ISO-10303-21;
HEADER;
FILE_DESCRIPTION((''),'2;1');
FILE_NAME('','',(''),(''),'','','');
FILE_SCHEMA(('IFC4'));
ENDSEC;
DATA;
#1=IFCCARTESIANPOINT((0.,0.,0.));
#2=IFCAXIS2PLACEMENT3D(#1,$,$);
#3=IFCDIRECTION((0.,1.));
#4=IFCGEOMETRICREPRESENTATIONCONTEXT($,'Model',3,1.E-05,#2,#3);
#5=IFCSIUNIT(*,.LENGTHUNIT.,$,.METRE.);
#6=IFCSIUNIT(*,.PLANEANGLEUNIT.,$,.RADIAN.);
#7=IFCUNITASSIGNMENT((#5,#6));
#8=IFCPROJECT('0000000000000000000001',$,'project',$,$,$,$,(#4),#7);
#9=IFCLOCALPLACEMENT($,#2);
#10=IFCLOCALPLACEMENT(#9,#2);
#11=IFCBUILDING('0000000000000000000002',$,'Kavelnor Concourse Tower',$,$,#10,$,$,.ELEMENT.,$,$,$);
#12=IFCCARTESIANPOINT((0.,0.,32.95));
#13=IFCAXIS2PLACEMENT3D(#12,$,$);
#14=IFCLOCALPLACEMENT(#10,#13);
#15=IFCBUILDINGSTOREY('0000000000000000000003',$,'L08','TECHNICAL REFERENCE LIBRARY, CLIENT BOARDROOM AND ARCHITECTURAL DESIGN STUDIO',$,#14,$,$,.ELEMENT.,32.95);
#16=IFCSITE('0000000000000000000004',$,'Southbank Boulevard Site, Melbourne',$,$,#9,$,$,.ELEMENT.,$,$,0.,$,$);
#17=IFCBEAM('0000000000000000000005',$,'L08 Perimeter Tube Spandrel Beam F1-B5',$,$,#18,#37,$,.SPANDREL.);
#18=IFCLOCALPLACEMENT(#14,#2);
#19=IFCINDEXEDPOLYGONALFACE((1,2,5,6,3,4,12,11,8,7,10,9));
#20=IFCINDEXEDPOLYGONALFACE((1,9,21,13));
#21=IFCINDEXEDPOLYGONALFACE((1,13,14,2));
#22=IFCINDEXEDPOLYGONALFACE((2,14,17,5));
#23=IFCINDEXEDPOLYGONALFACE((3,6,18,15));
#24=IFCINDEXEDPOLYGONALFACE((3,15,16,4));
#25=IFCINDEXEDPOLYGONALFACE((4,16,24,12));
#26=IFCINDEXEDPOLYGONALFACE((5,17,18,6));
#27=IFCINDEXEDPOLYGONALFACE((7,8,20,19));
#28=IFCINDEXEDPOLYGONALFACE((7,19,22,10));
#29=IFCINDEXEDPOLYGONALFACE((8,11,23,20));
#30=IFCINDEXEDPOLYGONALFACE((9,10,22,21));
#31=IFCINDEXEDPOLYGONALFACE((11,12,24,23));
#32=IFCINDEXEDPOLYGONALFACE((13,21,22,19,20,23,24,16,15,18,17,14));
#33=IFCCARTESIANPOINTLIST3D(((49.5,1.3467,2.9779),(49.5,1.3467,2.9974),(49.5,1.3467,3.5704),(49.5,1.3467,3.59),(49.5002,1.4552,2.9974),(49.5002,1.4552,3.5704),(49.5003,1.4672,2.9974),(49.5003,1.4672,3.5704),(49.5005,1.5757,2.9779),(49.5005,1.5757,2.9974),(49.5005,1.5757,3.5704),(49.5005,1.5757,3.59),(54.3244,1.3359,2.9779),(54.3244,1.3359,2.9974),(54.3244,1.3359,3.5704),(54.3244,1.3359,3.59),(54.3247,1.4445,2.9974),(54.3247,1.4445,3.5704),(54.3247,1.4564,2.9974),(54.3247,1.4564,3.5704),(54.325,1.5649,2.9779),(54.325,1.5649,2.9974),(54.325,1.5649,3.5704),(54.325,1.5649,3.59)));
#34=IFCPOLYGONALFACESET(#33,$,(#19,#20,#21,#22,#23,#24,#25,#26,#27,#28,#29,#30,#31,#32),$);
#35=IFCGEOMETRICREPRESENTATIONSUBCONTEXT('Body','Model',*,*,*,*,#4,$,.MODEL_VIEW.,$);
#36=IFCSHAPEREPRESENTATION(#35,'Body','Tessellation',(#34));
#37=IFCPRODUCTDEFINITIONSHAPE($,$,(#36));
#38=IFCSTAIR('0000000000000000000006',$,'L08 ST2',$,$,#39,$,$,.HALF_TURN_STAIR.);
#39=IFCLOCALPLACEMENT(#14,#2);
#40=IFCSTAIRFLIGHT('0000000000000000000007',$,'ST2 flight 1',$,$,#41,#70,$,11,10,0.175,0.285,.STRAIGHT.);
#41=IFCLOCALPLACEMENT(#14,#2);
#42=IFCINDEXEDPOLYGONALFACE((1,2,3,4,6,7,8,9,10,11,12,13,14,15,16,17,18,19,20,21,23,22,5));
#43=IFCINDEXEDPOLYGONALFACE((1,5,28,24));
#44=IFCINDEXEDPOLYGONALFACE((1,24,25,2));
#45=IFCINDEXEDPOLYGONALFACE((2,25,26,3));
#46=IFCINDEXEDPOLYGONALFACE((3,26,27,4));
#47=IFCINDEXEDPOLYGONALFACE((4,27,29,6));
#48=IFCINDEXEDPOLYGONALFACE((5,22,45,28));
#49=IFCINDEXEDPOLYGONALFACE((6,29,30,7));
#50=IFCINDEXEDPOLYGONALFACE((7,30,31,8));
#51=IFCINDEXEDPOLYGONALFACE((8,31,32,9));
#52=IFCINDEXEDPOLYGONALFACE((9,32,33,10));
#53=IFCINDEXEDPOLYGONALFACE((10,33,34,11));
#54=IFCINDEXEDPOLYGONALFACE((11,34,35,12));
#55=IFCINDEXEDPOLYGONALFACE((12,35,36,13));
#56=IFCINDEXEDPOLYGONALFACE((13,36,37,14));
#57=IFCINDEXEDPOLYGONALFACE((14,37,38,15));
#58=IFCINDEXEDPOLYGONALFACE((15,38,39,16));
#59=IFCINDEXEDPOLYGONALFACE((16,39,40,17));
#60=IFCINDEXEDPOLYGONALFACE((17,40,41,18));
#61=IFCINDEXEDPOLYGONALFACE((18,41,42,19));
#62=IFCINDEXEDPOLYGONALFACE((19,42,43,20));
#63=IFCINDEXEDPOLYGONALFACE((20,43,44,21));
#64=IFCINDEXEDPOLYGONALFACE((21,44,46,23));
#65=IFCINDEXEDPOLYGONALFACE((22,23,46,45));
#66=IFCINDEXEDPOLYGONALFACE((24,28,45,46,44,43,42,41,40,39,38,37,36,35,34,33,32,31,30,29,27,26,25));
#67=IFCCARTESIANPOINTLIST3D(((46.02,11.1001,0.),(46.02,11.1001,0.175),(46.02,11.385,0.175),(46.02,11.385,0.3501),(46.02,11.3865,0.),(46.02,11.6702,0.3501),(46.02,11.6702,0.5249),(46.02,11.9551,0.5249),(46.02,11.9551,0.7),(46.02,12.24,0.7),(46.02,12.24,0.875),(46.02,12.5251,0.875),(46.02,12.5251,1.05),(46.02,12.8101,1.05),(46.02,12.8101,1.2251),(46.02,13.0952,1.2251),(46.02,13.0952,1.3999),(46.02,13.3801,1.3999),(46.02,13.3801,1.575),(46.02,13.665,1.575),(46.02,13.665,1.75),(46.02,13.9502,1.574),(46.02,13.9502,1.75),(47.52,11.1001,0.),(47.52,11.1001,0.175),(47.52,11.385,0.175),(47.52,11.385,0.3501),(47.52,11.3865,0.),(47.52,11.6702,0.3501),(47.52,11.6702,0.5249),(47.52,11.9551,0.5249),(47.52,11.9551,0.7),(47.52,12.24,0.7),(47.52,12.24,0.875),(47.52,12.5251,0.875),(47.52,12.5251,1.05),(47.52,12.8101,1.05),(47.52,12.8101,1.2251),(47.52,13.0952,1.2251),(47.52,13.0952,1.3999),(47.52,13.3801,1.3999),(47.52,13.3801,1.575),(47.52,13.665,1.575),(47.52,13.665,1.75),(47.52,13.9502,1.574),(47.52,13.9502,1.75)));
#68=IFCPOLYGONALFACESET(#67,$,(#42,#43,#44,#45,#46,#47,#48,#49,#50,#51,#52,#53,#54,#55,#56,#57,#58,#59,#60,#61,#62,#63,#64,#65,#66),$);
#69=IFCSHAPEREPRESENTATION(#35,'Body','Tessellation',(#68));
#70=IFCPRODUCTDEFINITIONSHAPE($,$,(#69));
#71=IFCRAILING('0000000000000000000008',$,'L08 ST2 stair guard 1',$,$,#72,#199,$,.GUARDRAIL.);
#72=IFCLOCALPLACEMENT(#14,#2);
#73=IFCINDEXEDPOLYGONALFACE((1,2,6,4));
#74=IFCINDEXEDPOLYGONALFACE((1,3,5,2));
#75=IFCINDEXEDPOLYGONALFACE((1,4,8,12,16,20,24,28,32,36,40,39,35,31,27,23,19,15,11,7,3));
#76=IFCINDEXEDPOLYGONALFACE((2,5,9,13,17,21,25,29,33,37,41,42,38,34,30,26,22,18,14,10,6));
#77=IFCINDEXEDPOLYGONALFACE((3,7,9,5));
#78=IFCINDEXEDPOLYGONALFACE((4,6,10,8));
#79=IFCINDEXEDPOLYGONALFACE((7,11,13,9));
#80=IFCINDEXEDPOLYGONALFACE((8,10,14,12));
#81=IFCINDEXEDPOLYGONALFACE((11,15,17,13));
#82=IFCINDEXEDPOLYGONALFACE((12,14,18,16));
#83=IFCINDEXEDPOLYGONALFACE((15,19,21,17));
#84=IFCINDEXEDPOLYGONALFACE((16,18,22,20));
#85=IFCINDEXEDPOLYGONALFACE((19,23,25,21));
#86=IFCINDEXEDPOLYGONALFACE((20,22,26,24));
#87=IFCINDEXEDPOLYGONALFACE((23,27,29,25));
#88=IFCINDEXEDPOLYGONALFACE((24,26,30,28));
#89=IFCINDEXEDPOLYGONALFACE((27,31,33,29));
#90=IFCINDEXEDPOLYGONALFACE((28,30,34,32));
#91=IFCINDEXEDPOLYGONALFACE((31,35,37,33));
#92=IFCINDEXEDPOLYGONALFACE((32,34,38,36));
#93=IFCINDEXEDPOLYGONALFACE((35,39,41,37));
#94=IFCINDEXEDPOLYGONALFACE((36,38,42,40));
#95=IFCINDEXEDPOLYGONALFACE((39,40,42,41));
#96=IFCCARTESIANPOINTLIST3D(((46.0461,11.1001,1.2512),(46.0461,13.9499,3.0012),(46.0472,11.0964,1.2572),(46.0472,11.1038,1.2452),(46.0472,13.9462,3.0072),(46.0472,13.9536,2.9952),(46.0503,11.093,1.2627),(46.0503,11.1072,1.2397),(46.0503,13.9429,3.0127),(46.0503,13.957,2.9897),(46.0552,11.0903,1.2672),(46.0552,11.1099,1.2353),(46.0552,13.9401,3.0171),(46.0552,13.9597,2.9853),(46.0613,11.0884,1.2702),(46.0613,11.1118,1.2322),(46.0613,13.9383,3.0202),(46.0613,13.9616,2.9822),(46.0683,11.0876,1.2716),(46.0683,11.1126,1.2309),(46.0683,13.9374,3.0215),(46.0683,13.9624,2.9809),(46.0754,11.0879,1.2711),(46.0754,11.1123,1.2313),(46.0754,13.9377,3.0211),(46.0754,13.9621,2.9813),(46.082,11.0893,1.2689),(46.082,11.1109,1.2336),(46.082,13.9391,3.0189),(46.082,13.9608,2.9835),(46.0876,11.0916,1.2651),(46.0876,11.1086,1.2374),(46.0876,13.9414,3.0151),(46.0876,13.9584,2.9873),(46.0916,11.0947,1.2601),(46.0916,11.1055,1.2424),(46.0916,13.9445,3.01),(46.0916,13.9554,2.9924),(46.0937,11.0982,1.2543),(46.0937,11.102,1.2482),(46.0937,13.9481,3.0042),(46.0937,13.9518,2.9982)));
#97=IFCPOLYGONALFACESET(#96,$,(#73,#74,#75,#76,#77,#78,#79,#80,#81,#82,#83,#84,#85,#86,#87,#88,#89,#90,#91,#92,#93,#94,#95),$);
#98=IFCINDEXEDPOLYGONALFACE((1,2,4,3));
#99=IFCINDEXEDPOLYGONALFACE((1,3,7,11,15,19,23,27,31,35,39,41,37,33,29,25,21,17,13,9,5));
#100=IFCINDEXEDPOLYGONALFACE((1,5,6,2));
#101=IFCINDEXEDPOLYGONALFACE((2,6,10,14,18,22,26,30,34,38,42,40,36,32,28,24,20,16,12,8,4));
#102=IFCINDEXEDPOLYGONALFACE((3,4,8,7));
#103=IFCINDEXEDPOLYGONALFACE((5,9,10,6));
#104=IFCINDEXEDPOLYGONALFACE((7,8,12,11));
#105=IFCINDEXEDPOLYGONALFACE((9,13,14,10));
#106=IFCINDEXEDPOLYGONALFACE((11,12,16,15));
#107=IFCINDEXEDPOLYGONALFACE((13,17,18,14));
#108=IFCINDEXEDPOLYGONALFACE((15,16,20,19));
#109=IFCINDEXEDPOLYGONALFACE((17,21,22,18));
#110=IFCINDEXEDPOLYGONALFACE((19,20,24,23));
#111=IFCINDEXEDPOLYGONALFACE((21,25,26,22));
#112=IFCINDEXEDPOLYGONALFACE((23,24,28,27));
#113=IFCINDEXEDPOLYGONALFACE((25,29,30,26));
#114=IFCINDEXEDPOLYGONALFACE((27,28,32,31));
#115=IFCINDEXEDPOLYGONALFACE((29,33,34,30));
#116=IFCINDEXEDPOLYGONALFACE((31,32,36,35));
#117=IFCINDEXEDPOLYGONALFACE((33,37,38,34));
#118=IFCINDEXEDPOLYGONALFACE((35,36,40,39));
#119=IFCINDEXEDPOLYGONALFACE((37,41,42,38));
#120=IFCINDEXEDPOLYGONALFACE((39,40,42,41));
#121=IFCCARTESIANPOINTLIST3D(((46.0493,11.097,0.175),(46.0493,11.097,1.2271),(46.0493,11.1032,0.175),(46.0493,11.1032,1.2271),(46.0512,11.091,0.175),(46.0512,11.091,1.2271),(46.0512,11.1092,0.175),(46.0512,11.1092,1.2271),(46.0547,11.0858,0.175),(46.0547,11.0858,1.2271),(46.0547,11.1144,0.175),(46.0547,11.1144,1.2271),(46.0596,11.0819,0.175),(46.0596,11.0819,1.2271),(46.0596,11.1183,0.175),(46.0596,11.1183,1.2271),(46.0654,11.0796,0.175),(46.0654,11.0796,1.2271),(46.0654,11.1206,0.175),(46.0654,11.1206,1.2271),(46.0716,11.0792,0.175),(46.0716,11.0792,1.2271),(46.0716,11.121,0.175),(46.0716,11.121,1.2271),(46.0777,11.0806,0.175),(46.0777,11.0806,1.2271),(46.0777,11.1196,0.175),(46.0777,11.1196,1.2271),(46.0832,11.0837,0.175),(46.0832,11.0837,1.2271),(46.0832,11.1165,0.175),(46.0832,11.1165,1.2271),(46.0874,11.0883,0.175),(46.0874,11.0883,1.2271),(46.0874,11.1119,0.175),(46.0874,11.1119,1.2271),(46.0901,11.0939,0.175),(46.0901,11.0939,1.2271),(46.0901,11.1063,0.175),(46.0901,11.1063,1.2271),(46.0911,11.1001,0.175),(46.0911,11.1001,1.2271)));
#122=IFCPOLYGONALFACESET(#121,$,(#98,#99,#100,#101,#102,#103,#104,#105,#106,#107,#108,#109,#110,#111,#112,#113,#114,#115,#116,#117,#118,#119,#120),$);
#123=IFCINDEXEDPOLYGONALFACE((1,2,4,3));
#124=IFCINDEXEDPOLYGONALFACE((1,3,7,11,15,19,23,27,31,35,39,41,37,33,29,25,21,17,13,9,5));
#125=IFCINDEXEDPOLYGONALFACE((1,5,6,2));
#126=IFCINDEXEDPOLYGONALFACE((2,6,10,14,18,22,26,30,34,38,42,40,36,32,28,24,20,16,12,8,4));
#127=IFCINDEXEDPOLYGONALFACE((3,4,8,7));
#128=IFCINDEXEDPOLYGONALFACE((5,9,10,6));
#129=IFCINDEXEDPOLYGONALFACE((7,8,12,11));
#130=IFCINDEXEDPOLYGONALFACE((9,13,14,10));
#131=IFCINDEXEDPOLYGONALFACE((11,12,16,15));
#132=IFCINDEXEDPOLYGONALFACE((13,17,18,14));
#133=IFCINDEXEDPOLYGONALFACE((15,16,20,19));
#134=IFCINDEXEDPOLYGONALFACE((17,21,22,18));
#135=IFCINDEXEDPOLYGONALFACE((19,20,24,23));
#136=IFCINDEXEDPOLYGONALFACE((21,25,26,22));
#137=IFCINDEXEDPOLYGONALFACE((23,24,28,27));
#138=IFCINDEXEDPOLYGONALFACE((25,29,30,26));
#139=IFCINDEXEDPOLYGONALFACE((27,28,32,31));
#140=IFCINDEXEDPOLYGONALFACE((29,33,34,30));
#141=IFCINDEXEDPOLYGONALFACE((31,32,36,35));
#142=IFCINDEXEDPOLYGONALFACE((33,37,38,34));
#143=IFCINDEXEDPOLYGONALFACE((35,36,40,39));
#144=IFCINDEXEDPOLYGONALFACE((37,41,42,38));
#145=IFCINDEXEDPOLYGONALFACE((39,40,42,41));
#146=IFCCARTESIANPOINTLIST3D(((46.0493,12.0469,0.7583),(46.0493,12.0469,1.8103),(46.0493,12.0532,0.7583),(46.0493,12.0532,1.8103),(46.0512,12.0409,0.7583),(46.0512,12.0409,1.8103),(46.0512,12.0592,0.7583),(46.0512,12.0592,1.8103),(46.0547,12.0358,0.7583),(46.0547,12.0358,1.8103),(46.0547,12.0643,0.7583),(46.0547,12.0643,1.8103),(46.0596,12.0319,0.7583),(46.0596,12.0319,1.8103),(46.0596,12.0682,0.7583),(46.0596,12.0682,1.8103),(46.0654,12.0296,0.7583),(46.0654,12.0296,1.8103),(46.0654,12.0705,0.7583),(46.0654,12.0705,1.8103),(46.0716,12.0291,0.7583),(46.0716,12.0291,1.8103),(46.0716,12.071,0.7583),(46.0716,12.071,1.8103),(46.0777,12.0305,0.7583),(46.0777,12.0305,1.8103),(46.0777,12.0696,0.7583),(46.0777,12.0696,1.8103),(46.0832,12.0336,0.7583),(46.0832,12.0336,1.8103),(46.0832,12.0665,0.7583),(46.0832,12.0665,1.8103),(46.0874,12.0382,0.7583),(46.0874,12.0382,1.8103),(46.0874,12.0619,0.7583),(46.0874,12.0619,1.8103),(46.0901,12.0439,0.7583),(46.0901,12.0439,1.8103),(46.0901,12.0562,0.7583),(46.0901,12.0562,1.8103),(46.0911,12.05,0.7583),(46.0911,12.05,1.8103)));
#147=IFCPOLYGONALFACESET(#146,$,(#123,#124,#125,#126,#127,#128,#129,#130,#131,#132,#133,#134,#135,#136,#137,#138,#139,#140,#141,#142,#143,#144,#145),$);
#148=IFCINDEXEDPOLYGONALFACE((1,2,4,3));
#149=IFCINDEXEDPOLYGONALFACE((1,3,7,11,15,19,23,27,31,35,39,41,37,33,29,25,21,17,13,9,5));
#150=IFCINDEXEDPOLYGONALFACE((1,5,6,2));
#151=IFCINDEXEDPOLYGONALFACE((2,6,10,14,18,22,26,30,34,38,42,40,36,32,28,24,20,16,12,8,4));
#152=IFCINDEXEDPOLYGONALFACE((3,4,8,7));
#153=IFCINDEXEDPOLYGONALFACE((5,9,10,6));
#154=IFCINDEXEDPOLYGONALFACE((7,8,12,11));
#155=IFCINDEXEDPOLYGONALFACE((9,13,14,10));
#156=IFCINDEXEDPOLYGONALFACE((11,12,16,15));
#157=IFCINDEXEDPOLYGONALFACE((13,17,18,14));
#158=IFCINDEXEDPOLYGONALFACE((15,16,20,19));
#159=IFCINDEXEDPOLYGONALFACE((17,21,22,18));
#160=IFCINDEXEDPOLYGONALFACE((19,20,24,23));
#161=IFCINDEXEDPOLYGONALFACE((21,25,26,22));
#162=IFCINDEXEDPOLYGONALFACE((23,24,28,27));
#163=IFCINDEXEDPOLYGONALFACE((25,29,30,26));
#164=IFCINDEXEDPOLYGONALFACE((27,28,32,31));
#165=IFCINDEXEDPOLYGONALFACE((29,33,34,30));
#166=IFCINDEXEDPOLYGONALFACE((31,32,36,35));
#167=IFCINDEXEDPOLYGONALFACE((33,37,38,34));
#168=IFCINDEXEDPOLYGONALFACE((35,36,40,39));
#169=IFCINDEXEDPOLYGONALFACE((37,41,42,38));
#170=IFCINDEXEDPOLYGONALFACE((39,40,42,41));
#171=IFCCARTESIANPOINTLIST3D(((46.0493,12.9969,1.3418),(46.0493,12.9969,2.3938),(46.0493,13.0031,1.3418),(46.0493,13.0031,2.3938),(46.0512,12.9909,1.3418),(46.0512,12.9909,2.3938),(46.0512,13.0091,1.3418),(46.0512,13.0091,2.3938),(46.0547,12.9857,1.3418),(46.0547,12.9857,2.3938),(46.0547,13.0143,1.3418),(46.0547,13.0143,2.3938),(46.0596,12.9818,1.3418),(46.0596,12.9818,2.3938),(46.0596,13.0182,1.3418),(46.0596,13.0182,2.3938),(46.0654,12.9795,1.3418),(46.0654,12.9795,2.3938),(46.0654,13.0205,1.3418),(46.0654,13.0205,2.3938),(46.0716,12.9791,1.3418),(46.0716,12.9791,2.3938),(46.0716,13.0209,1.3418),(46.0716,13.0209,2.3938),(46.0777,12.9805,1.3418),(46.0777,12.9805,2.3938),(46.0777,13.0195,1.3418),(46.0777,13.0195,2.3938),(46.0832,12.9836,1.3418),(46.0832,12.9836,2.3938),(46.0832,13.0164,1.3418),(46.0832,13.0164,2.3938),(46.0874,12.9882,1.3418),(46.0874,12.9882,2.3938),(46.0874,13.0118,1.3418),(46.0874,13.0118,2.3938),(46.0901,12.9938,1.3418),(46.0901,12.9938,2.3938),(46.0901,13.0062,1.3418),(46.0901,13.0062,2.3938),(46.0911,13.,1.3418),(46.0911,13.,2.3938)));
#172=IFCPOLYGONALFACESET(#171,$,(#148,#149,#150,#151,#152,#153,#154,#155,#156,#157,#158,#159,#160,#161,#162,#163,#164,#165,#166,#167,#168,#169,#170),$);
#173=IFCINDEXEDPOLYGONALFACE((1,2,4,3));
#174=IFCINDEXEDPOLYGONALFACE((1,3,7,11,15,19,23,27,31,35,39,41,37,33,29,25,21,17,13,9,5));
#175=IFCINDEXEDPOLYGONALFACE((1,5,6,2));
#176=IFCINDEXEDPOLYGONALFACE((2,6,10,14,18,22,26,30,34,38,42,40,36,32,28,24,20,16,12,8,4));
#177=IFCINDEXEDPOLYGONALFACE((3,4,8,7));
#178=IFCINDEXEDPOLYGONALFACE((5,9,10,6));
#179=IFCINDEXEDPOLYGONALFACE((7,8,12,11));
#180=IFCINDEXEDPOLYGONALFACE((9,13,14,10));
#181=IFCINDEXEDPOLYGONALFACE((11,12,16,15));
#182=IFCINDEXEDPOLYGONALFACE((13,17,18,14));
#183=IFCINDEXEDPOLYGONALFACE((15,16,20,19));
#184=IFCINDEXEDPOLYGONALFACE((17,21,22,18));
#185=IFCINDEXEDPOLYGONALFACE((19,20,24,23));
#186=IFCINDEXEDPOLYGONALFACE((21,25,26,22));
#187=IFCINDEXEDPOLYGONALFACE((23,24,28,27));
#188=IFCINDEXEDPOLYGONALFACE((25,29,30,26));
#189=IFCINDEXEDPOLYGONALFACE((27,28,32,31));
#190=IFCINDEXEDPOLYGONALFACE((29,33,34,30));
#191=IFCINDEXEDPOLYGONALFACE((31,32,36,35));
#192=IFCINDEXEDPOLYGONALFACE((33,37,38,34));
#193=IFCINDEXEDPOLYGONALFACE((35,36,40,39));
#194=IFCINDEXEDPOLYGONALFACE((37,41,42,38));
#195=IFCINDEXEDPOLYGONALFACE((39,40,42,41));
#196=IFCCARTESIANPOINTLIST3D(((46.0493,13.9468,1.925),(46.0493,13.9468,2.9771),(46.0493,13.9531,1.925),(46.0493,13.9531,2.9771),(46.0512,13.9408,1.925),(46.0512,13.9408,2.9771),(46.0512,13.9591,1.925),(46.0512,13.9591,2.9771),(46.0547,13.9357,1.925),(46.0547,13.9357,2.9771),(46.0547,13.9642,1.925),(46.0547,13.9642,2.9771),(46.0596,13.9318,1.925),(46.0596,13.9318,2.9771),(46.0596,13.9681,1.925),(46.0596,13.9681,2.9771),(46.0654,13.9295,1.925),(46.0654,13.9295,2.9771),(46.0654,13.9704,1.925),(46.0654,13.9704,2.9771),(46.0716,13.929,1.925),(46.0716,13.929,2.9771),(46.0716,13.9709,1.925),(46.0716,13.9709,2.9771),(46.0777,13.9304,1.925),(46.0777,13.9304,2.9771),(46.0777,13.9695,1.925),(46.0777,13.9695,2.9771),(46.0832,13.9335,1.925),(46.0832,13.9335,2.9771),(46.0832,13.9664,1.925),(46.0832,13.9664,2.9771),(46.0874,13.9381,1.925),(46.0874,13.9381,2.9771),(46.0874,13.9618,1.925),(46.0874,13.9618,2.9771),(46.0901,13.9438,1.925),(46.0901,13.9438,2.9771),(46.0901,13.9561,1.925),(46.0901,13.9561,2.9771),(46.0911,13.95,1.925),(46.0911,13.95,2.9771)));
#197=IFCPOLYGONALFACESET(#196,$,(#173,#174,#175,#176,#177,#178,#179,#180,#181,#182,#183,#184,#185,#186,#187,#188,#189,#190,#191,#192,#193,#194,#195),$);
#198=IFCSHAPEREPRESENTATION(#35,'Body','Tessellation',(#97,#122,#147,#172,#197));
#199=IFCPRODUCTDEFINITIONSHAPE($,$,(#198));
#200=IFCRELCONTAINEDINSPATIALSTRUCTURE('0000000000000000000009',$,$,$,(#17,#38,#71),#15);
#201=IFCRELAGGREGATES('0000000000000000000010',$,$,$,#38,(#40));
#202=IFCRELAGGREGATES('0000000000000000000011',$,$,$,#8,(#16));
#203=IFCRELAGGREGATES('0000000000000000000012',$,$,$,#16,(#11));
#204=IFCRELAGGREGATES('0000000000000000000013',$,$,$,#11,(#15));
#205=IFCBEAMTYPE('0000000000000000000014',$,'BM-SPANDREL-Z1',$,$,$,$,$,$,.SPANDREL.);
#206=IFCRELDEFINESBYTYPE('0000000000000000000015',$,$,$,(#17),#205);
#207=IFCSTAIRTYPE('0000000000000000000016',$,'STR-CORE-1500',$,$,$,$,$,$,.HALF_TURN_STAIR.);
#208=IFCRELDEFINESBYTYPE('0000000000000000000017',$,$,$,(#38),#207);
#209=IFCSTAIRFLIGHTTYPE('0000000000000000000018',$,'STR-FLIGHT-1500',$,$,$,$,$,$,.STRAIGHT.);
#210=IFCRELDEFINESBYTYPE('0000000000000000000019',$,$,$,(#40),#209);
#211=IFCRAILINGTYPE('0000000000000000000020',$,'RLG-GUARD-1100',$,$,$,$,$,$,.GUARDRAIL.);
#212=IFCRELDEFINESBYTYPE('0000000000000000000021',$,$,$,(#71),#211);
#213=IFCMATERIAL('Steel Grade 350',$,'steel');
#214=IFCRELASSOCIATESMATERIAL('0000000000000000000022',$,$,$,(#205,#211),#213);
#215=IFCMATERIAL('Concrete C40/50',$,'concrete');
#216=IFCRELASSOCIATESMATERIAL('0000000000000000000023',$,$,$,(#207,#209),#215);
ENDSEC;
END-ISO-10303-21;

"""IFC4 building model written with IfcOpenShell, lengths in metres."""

from ifc_helpers import new_model, si_unit, direction, frame, origin, origin_2d, place, context, subcontext, project, spatial, polyline, circle, i_section, outline, extrude, material, material_profile, profile_set, type_object, element, aggregate, save


model = new_model("IFC4")

# Units and contexts
model_context = context("Model", 3, precision=1e-05, world=origin(), true_north=direction((0.0, 1.0)))
body_context = subcontext(model_context, "Body", "Model", "MODEL_VIEW")
ifc_project = project(units=[si_unit("LENGTHUNIT", "METRE"), si_unit("PLANEANGLEUNIT", "RADIAN")], contexts=[model_context])

# Site, building, storey
site_placement = place(None, origin())
site = spatial("IfcSite", under=ifc_project, at=site_placement, Name="Southbank Boulevard Site, Melbourne", CompositionType="ELEMENT", RefElevation=0.0)
building_placement = place(site_placement, origin())
building = spatial("IfcBuilding", under=site, at=building_placement, Name="Kavelnor Concourse Tower", CompositionType="ELEMENT")
storey_placement = place(building_placement, frame((0.0, 0.0, 32.95)))
storey = spatial("IfcBuildingStorey", under=building, at=storey_placement, Name="L08", Description="TECHNICAL REFERENCE LIBRARY, CLIENT BOARDROOM AND ARCHITECTURAL DESIGN STUDIO", CompositionType="ELEMENT", Elevation=32.95)

# Shared definitions
ifc_material_1 = material(Name="Steel Grade 350", Category="steel")

# Beam
ifc_material_profile_1 = material_profile(ifc_material_1, i_section(OverallWidth=0.229, OverallDepth=0.6121, WebThickness=0.012, FlangeThickness=0.0195, at=origin_2d()), Name="610UB125")
ifc_profile_set_1 = profile_set([ifc_material_profile_1], Name="Steel Grade 350")
beam_type_1 = type_object("IfcBeamType", Name="BM-SPANDREL-Z1", PredefinedType="SPANDREL", material=ifc_profile_set_1)
beam_1_placement = place(storey_placement, frame((49.5002, 1.4612, 3.2839), z_axis=(0.999998, -0.002227, 0.0), x_axis=(0.002227, 0.999998, 0.0)))
element("IfcBeam", 1, at=beam_1_placement, inside=storey, type_object=beam_type_1, Name="L08 Perimeter Tube Spandrel Beam F1-B5", PredefinedType="SPANDREL", context=body_context, shape_type="SweptSolid", body=[
    extrude(i_section(OverallWidth=0.229, OverallDepth=0.6121, WebThickness=0.012, FlangeThickness=0.0195, at=origin_2d()), origin(), (0.0, 0.0, 1.0), 4.8245),
])

# Stair, stair flight
ifc_material_2 = material(Name="Concrete C40/50", Category="concrete")
stair_type = type_object("IfcStairType", Name="STR-CORE-1500", PredefinedType="HALF_TURN_STAIR", material=ifc_material_2)
stair_placement = place(storey_placement, origin())
stair = element("IfcStair", 2, at=stair_placement, inside=storey, type_object=stair_type, Name="L08 ST2", PredefinedType="HALF_TURN_STAIR")
stair_flight_type = type_object("IfcStairFlightType", Name="STR-FLIGHT-1500", PredefinedType="STRAIGHT", material=ifc_material_2)
stair_flight_placement = place(storey_placement, frame((46.77, 11.1001, 0.0), z_axis=(0.0, 0.0, 1.0), x_axis=(0.0, 1.0, 0.0)))
stair_flight = element("IfcStairFlight", 3, at=stair_flight_placement, type_object=stair_flight_type, Name="ST2 flight 1", NumberOfRisers=11, NumberOfTreads=10, PredefinedType="STRAIGHT", RiserHeight=0.175, TreadLength=0.285, context=body_context, shape_type="SweptSolid", body=[
    extrude(outline(polyline([(0.0, 0.0), (0.0, 0.175), (0.2849, 0.175), (0.2849, 0.3501), (0.5701, 0.3501), (0.5701, 0.5249), (0.855, 0.5249), (0.855, 0.7), (1.1399, 0.7), (1.1399, 0.875), (1.425, 0.875), (1.425, 1.05), (1.71, 1.05), (1.71, 1.2251), (1.9951, 1.2251), (1.9951, 1.3999), (2.28, 1.3999), (2.28, 1.575), (2.5649, 1.575), (2.5649, 1.75), (2.8501, 1.75), (2.8501, 1.925), (2.8501, 1.574), (0.2864, 0.0), (0.0, 0.0)])), frame((0.0, 0.75, 0.0), z_axis=(0.0, -1.0, 0.0), x_axis=(1.0, 0.0, 0.0)), (0.0, 0.0, 1.0), 1.5),
])
aggregate(stair, [stair_flight])

# Railing
railing_type_1 = type_object("IfcRailingType", Name="RLG-GUARD-1100", PredefinedType="GUARDRAIL", material=ifc_material_1)
railing_1_placement = place(storey_placement, frame((46.0701, 11.1001, 0.175)))
element("IfcRailing", 4, at=railing_1_placement, inside=storey, type_object=railing_type_1, Name="L08 ST2 stair guard 1", PredefinedType="GUARDRAIL", context=body_context, shape_type="SweptSolid", body=[
    extrude(circle(Radius=0.0239, at=origin_2d()), frame((0.0, 0.0, 1.0762), z_axis=(0.0, 0.852159, 0.523283), x_axis=(-1.0, 0.0, 0.0)), (0.0, 0.0, 1.0), 3.3442),
    extrude(circle(Radius=0.021, at=origin_2d()), origin(), (0.0, 0.0, 1.0), 1.052),
    extrude(circle(Radius=0.021, at=origin_2d()), frame((0.0, 0.95, 0.5833)), (0.0, 0.0, 1.0), 1.052),
    extrude(circle(Radius=0.021, at=origin_2d()), frame((0.0, 1.8999, 1.1667)), (0.0, 0.0, 1.0), 1.052),
    extrude(circle(Radius=0.021, at=origin_2d()), frame((0.0, 2.8499, 1.75)), (0.0, 0.0, 1.0), 1.052),
])

save(model, "model.ifc")
